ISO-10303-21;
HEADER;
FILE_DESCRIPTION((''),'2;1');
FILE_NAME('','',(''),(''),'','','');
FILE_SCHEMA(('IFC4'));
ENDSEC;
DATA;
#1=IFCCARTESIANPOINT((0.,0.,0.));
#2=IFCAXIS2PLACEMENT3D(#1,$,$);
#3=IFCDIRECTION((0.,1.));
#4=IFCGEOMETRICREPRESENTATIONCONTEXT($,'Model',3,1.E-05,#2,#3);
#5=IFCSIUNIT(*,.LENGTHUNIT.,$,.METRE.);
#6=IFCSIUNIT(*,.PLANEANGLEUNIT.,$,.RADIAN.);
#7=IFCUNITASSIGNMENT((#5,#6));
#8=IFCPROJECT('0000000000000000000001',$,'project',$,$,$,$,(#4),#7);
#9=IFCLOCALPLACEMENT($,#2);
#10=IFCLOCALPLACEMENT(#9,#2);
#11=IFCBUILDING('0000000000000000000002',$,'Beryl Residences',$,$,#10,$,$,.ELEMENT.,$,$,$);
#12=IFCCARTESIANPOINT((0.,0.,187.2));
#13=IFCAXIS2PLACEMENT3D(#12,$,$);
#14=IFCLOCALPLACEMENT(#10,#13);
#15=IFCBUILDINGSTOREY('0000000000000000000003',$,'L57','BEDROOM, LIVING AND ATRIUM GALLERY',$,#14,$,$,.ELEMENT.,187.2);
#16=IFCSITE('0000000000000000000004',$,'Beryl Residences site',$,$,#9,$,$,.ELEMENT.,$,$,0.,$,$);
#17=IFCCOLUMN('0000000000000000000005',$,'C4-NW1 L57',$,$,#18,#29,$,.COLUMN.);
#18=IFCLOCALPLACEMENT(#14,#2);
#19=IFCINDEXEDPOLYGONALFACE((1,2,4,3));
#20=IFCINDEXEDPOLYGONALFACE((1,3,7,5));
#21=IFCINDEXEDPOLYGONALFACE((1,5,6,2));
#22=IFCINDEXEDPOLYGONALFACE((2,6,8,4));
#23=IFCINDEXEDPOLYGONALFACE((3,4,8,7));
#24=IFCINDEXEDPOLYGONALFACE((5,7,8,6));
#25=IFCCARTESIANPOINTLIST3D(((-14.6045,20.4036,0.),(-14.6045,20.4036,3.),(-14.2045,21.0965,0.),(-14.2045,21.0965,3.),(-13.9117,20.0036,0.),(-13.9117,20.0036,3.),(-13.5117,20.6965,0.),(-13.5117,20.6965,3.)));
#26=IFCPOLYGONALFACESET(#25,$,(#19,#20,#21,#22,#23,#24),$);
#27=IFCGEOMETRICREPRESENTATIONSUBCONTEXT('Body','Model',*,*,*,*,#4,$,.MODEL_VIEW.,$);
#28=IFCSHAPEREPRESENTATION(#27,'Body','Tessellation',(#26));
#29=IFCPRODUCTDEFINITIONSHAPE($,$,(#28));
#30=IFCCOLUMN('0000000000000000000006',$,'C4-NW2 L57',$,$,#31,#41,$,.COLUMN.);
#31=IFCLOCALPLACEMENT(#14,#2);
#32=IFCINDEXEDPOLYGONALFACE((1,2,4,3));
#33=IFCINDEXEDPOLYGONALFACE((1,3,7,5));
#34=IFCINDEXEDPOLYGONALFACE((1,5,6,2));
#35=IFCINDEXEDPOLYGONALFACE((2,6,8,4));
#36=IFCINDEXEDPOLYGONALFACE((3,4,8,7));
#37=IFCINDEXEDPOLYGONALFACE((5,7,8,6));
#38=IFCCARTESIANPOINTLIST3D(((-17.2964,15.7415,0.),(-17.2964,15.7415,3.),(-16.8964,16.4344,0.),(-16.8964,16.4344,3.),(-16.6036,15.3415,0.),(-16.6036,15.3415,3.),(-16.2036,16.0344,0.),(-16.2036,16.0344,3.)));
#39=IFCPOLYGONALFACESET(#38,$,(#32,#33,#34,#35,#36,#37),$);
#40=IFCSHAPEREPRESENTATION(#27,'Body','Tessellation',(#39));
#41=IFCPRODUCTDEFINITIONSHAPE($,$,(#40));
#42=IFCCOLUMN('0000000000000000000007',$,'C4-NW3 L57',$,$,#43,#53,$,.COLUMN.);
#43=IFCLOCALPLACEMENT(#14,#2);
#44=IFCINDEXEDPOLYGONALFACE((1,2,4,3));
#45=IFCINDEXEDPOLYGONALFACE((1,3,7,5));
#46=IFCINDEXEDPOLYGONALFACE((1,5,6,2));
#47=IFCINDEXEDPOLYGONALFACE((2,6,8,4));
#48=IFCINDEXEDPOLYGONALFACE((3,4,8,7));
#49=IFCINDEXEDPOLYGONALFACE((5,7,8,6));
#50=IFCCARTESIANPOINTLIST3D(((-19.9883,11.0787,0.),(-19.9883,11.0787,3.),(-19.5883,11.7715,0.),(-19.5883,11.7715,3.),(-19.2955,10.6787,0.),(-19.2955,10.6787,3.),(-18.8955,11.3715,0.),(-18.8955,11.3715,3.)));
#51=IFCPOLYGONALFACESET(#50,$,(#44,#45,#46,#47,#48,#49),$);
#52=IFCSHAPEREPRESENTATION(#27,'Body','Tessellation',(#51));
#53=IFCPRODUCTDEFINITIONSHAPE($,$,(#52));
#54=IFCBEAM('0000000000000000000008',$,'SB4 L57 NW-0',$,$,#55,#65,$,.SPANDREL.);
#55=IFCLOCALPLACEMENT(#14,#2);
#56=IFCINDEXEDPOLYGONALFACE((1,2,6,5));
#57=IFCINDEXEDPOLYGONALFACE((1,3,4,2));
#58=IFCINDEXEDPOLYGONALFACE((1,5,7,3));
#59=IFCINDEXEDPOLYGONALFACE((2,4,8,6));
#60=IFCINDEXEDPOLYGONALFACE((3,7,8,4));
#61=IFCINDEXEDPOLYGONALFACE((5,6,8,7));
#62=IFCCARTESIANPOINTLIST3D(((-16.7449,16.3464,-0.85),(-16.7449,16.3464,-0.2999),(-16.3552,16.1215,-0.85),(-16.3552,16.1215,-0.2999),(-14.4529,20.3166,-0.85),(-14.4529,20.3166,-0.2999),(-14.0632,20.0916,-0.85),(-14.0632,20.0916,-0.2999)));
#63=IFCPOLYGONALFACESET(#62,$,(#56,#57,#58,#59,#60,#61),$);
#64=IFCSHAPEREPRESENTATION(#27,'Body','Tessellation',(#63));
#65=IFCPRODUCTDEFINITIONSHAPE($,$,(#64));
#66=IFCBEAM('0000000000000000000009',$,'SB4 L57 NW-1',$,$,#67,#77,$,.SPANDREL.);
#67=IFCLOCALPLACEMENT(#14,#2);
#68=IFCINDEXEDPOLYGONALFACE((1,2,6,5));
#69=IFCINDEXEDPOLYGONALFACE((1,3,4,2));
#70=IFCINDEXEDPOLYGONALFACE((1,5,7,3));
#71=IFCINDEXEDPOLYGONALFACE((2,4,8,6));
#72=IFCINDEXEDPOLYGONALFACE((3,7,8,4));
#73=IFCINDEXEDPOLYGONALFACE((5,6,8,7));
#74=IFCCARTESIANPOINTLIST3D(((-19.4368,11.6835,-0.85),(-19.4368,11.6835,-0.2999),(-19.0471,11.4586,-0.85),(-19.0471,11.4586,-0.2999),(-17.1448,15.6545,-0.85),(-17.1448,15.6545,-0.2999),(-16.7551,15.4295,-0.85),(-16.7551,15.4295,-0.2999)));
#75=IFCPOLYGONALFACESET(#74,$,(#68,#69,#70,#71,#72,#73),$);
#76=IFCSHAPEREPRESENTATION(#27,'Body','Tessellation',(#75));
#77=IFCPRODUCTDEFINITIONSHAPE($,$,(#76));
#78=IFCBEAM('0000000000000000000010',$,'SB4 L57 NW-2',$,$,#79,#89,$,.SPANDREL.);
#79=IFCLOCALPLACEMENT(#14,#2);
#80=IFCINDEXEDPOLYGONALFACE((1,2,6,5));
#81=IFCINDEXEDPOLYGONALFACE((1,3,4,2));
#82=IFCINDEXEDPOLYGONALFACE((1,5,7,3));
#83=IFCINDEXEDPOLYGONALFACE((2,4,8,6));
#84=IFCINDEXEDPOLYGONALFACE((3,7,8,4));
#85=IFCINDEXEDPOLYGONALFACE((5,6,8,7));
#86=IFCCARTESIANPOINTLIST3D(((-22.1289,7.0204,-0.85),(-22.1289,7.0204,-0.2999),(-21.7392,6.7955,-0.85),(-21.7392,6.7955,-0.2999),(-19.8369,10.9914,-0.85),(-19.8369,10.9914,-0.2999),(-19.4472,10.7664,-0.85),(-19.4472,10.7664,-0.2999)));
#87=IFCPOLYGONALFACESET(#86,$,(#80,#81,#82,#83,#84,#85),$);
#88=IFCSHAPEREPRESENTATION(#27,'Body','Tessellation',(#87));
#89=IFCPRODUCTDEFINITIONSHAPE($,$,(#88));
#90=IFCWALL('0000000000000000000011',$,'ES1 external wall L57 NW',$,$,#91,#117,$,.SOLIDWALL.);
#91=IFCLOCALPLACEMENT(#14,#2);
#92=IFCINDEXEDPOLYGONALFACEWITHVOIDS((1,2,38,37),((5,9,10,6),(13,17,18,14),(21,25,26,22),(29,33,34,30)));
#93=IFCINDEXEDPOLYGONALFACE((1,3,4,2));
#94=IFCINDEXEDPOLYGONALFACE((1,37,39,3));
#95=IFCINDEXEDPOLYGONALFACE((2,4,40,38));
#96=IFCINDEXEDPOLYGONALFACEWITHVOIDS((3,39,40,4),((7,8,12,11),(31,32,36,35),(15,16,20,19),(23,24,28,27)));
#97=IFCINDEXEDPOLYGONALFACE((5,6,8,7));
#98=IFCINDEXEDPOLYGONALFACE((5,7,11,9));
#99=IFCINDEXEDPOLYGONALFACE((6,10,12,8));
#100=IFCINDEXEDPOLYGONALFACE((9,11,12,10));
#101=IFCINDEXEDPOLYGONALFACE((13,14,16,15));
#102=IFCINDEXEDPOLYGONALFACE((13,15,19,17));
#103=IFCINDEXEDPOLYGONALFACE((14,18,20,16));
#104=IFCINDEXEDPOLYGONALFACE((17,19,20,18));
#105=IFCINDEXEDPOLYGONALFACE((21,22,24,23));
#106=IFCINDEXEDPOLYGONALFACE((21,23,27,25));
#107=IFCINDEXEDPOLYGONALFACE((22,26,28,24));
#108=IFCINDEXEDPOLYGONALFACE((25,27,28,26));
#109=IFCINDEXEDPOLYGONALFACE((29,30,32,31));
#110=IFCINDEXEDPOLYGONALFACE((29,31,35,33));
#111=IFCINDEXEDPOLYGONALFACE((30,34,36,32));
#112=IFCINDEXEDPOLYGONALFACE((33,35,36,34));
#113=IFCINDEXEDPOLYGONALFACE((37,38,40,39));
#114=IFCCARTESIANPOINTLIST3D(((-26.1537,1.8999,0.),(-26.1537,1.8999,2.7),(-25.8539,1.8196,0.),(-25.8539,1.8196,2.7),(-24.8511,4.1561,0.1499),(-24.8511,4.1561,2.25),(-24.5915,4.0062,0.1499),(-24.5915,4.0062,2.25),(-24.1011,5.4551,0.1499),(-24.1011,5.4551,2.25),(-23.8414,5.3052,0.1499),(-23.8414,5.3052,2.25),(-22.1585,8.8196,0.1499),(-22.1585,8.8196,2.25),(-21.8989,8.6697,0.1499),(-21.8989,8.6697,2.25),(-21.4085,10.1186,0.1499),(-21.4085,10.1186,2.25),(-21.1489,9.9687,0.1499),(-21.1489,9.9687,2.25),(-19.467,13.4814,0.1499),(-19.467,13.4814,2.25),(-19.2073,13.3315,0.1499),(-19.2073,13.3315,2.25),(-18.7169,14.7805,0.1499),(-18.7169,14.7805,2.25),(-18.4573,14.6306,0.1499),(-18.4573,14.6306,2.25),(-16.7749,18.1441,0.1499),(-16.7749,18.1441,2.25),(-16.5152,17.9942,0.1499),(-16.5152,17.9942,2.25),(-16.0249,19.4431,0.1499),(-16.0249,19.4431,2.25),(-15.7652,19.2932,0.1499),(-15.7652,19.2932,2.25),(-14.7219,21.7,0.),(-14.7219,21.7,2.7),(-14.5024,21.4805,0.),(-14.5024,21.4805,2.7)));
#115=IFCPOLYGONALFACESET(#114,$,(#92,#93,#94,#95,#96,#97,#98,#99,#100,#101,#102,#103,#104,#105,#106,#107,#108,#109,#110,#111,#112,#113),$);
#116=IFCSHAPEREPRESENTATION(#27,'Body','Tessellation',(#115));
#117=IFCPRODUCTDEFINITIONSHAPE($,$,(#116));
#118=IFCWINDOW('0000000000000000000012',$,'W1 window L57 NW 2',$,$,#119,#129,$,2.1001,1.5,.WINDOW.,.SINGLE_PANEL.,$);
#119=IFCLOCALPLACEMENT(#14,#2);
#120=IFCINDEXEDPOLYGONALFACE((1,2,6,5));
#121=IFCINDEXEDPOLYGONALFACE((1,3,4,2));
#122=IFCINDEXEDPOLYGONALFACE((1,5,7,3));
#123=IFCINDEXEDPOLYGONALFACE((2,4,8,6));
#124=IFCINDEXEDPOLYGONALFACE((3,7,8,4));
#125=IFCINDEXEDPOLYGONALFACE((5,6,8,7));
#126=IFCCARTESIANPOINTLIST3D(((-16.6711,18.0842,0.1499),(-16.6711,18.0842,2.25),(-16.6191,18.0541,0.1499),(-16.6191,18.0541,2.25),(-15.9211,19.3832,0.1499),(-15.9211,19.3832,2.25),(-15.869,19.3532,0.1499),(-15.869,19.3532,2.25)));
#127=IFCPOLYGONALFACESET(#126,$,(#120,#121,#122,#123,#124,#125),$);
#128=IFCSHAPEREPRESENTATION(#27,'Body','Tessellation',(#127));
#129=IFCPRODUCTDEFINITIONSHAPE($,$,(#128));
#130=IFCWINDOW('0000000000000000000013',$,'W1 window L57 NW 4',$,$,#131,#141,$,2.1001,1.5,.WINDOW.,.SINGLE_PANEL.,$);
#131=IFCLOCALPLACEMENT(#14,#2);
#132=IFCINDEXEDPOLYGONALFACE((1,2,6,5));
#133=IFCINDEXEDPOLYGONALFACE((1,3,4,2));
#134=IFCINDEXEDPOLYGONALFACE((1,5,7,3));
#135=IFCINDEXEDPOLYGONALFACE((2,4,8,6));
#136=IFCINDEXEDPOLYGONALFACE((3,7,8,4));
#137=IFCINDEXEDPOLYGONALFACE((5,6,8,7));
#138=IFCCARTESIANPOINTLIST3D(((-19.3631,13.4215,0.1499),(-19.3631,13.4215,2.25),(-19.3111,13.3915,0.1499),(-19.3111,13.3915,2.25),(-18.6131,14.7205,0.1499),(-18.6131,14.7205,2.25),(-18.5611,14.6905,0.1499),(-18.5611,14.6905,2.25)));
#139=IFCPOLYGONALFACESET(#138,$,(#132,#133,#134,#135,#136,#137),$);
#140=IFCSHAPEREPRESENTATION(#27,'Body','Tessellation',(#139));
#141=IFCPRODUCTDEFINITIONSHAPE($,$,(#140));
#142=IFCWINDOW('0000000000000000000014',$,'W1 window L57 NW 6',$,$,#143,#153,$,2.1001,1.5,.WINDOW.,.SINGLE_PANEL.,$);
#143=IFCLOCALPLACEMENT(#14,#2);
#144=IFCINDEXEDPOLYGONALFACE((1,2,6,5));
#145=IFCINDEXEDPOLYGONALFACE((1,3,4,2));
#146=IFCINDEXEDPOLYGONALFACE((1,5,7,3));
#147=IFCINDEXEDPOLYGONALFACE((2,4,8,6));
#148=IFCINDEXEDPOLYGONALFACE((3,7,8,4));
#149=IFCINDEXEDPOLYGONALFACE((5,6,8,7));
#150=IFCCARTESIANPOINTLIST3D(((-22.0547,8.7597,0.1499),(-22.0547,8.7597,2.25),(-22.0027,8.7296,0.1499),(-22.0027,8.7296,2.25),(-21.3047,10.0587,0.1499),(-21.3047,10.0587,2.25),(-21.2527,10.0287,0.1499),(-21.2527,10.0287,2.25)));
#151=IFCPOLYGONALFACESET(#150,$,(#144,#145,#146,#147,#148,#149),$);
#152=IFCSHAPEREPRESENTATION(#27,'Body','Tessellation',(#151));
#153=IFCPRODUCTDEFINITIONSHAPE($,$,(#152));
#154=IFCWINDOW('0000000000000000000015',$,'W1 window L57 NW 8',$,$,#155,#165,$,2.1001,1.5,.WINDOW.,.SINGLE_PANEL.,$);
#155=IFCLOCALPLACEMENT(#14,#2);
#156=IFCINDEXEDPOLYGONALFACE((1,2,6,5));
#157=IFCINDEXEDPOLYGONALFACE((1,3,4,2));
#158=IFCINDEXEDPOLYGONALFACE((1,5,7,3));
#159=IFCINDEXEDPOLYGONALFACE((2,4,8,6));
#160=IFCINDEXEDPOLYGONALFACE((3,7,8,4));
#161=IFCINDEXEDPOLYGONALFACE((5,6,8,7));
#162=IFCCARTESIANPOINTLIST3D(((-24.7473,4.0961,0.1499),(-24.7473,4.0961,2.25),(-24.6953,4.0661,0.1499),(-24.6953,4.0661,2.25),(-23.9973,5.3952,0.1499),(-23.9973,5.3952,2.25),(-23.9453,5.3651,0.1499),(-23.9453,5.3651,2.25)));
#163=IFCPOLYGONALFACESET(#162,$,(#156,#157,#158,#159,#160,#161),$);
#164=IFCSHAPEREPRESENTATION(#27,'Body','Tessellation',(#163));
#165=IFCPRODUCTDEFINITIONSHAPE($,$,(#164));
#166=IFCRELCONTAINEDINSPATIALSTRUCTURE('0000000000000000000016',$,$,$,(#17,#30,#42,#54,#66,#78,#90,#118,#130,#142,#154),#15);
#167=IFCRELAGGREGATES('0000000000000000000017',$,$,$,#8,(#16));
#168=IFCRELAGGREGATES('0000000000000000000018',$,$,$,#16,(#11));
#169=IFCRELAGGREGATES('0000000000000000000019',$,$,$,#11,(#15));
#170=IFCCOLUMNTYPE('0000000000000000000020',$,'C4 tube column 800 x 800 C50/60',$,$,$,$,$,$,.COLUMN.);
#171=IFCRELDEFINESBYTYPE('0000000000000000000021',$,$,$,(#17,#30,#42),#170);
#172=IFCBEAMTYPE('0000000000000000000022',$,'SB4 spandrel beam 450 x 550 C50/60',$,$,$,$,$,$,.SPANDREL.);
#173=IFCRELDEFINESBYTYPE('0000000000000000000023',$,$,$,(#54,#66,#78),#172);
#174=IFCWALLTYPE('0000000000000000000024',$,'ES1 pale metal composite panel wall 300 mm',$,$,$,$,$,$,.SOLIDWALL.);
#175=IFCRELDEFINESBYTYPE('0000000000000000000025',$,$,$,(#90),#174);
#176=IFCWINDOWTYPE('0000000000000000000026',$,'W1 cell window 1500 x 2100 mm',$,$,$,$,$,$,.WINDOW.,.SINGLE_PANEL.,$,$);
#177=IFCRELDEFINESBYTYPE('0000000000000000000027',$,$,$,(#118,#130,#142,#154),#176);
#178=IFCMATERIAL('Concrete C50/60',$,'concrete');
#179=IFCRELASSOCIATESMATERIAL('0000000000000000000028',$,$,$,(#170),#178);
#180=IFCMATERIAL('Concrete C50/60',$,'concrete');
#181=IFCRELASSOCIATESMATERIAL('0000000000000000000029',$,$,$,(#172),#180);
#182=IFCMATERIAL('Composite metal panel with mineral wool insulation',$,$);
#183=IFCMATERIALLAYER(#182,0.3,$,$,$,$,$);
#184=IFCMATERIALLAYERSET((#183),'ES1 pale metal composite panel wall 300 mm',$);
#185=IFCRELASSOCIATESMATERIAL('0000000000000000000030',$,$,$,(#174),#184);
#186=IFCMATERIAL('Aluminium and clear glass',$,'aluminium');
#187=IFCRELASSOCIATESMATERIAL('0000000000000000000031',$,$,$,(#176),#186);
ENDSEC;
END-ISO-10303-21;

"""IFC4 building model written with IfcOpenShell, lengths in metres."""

from ifc_helpers import new_model, si_unit, direction, frame, frame_2d, origin, origin_2d, place, context, subcontext, project, spatial, polyline, rectangle, outline, extrude, material, layer, layer_set, material_profile, profile_set, type_object, element, fill, save


model = new_model("IFC4")

# Units and contexts
model_context = context("Model", 3, precision=1e-05, world=origin(), true_north=direction((0.0, 1.0)))
body_context = subcontext(model_context, "Body", "Model", "MODEL_VIEW")
ifc_project = project(units=[si_unit("LENGTHUNIT", "METRE"), si_unit("PLANEANGLEUNIT", "RADIAN")], contexts=[model_context])

# Site, building, storey
site_placement = place(None, origin())
site = spatial("IfcSite", under=ifc_project, at=site_placement, Name="Beryl Residences site", CompositionType="ELEMENT", RefElevation=0.0)
building_placement = place(site_placement, origin())
building = spatial("IfcBuilding", under=site, at=building_placement, Name="Beryl Residences", CompositionType="ELEMENT")
storey_placement = place(building_placement, frame((0.0, 0.0, 187.2)))
storey = spatial("IfcBuildingStorey", under=building, at=storey_placement, Name="L57", Description="BEDROOM, LIVING AND ATRIUM GALLERY", CompositionType="ELEMENT", Elevation=187.2)

# Columns
ifc_material_1 = material(Name="Concrete C50/60", Category="concrete")
ifc_material_profile_1 = material_profile(ifc_material_1, rectangle(XDim=0.8, YDim=0.8, at=origin_2d()))
ifc_profile_set_1 = profile_set([ifc_material_profile_1], Name="Concrete C50/60")
column_type = type_object("IfcColumnType", Name="C4 tube column 800 x 800 C50/60", PredefinedType="COLUMN", material=ifc_profile_set_1)
for number, where, z_axis, x_axis, name in (
    (1, (-14.0581, 20.55, 0.0), (0.0, 0.0, 1.0), (-0.5, -0.866025, 0.0), "C4-NW1 L57"),
    (2, (-16.75, 15.8879, 0.0), (0.0, 0.0, 1.0), (-0.5, -0.866025, 0.0), "C4-NW2 L57"),
    (3, (-19.4419, 11.2251, 0.0), (0.0, 0.0, 1.0), (-0.5, -0.866025, 0.0), "C4-NW3 L57"),
):
    element("IfcColumn", number, at=place(storey_placement, frame(where, z_axis=z_axis, x_axis=x_axis)), inside=storey, type_object=column_type, Name=name, PredefinedType="COLUMN", context=body_context, shape_type="SweptSolid", body=[
        extrude(rectangle(XDim=0.8, YDim=0.8, at=origin_2d()), origin(), (0.0, 0.0, 1.0), 3.0),
    ])

# Beams
ifc_material_2 = material(Name="Concrete C50/60", Category="concrete")
ifc_material_profile_2 = material_profile(ifc_material_2, rectangle(XDim=0.45, YDim=0.55, at=origin_2d()))
ifc_profile_set_2 = profile_set([ifc_material_profile_2], Name="Concrete C50/60")
beam_type = type_object("IfcBeamType", Name="SB4 spandrel beam 450 x 550 C50/60", PredefinedType="SPANDREL", material=ifc_profile_set_2)
beam_placement = place(storey_placement, frame((-14.2581, 20.2041, -0.575), z_axis=(-0.499965, -0.866045, 0.0), x_axis=(0.866045, -0.499965, 0.0)))
element("IfcBeam", 4, at=beam_placement, inside=storey, type_object=beam_type, Name="SB4 L57 NW-0", PredefinedType="SPANDREL", context=body_context, shape_type="SweptSolid", body=[
    extrude(rectangle(XDim=0.45, YDim=0.55, at=origin_2d()), origin(), (0.0, 0.0, 1.0), 4.5842),
])
for number, where, z_axis, x_axis, name in (
    (5, (-16.95, 15.542, -0.575), (-0.499896, -0.866085, 0.0), (0.866085, -0.499896, 0.0), "SB4 L57 NW-1"),
    (6, (-19.6421, 10.8789, -0.575), (-0.499896, -0.866085, 0.0), (0.866085, -0.499896, 0.0), "SB4 L57 NW-2"),
):
    element("IfcBeam", number, at=place(storey_placement, frame(where, z_axis=z_axis, x_axis=x_axis)), inside=storey, type_object=beam_type, Name=name, PredefinedType="SPANDREL", context=body_context, shape_type="SweptSolid", body=[
        extrude(rectangle(XDim=0.45, YDim=0.55, at=origin_2d()), origin(), (0.0, 0.0, 1.0), 4.585),
    ])

# Wall, openings, windows
ifc_material_3 = material(Name="Composite metal panel with mineral wool insulation")
ifc_layer_1 = layer(ifc_material_3, 0.3)
ifc_layer_set_1 = layer_set([ifc_layer_1], Name="ES1 pale metal composite panel wall 300 mm")
wall_type_1 = type_object("IfcWallType", Name="ES1 pale metal composite panel wall 300 mm", PredefinedType="SOLIDWALL", material=ifc_layer_set_1)
wall_1_placement = place(storey_placement, frame((-14.592, 21.625, 0.0), z_axis=(0.0, 0.0, 1.0), x_axis=(-0.500011, -0.866019, 0.0)))
wall_1 = element("IfcWall", 7, at=wall_1_placement, inside=storey, type_object=wall_type_1, Name="ES1 external wall L57 NW", PredefinedType="SOLIDWALL", context=body_context, shape_type="SweptSolid", body=[
    extrude(outline(polyline([(0.0, -0.1499), (22.8633, -0.1499), (22.783, 0.1499), (0.0803, 0.1499), (0.0, -0.1499)])), origin(), (0.0, 0.0, 1.0), 2.7),
])
opening_1_placement = place(wall_1_placement, frame((2.606, 0.0, 0.1499)))
opening_1 = element("IfcOpeningElement", 8, at=opening_1_placement, cuts=wall_1, PredefinedType="OPENING", context=body_context, shape_type="SweptSolid", body=[
    extrude(rectangle(XDim=1.5, YDim=2.1001, at=frame_2d((0.75, 1.05))), frame((0.0, 0.1599, 0.0), z_axis=(0.0, -1.0, 0.0), x_axis=(1.0, 0.0, 0.0)), (0.0, 0.0, 1.0), 0.3201),
])
opening_2_placement = place(wall_1_placement, frame((7.99, 0.0, 0.1499)))
opening_2 = element("IfcOpeningElement", 9, at=opening_2_placement, cuts=wall_1, PredefinedType="OPENING", context=body_context, shape_type="SweptSolid", body=[
    extrude(rectangle(XDim=1.5, YDim=2.1001, at=frame_2d((0.75, 1.05))), frame((0.0, 0.1599, 0.0), z_axis=(0.0, -1.0, 0.0), x_axis=(1.0, 0.0, 0.0)), (0.0, 0.0, 1.0), 0.3201),
])
opening_3_placement = place(wall_1_placement, frame((13.373, 0.0, 0.1499)))
opening_3 = element("IfcOpeningElement", 10, at=opening_3_placement, cuts=wall_1, PredefinedType="OPENING", context=body_context, shape_type="SweptSolid", body=[
    extrude(rectangle(XDim=1.5, YDim=2.1001, at=frame_2d((0.75, 1.05))), frame((0.0, 0.1599, 0.0), z_axis=(0.0, -1.0, 0.0), x_axis=(1.0, 0.0, 0.0)), (0.0, 0.0, 1.0), 0.3201),
])
opening_4_placement = place(wall_1_placement, frame((18.7581, 0.0, 0.1499)))
opening_4 = element("IfcOpeningElement", 11, at=opening_4_placement, cuts=wall_1, PredefinedType="OPENING", context=body_context, shape_type="SweptSolid", body=[
    extrude(rectangle(XDim=1.5, YDim=2.1001, at=frame_2d((0.75, 1.05))), frame((0.0, 0.1599, 0.0), z_axis=(0.0, -1.0, 0.0), x_axis=(1.0, 0.0, 0.0)), (0.0, 0.0, 1.0), 0.3201),
])
ifc_material_4 = material(Name="Aluminium and clear glass", Category="aluminium")
window_type = type_object("IfcWindowType", Name="W1 cell window 1500 x 2100 mm", PartitioningType="SINGLE_PANEL", PredefinedType="WINDOW", material=ifc_material_4)
window_1_placement = place(opening_1_placement, origin())
window_1 = element("IfcWindow", 12, at=window_1_placement, inside=storey, type_object=window_type, Name="W1 window L57 NW 2", OverallHeight=2.1001, OverallWidth=1.5, PartitioningType="SINGLE_PANEL", PredefinedType="WINDOW", context=body_context, shape_type="SweptSolid", body=[
    extrude(rectangle(XDim=1.5, YDim=2.1001, at=frame_2d((0.75, 1.05))), frame((0.0, 0.03, 0.0), z_axis=(0.0, -1.0, 0.0), x_axis=(1.0, 0.0, 0.0)), (0.0, 0.0, 1.0), 0.0601),
])
fill(opening_1, window_1)
window_2_placement = place(opening_2_placement, origin())
window_2 = element("IfcWindow", 13, at=window_2_placement, inside=storey, type_object=window_type, Name="W1 window L57 NW 4", OverallHeight=2.1001, OverallWidth=1.5, PartitioningType="SINGLE_PANEL", PredefinedType="WINDOW", context=body_context, shape_type="SweptSolid", body=[
    extrude(rectangle(XDim=1.5, YDim=2.1001, at=frame_2d((0.75, 1.05))), frame((0.0, 0.03, 0.0), z_axis=(0.0, -1.0, 0.0), x_axis=(1.0, 0.0, 0.0)), (0.0, 0.0, 1.0), 0.0601),
])
fill(opening_2, window_2)
window_3_placement = place(opening_3_placement, origin())
window_3 = element("IfcWindow", 14, at=window_3_placement, inside=storey, type_object=window_type, Name="W1 window L57 NW 6", OverallHeight=2.1001, OverallWidth=1.5, PartitioningType="SINGLE_PANEL", PredefinedType="WINDOW", context=body_context, shape_type="SweptSolid", body=[
    extrude(rectangle(XDim=1.5, YDim=2.1001, at=frame_2d((0.75, 1.05))), frame((0.0, 0.03, 0.0), z_axis=(0.0, -1.0, 0.0), x_axis=(1.0, 0.0, 0.0)), (0.0, 0.0, 1.0), 0.0601),
])
fill(opening_3, window_3)
window_4_placement = place(opening_4_placement, origin())
window_4 = element("IfcWindow", 15, at=window_4_placement, inside=storey, type_object=window_type, Name="W1 window L57 NW 8", OverallHeight=2.1001, OverallWidth=1.5, PartitioningType="SINGLE_PANEL", PredefinedType="WINDOW", context=body_context, shape_type="SweptSolid", body=[
    extrude(rectangle(XDim=1.5, YDim=2.1001, at=frame_2d((0.75, 1.05))), frame((0.0, 0.03, 0.0), z_axis=(0.0, -1.0, 0.0), x_axis=(1.0, 0.0, 0.0)), (0.0, 0.0, 1.0), 0.0601),
])
fill(opening_4, window_4)

save(model, "model.ifc")
